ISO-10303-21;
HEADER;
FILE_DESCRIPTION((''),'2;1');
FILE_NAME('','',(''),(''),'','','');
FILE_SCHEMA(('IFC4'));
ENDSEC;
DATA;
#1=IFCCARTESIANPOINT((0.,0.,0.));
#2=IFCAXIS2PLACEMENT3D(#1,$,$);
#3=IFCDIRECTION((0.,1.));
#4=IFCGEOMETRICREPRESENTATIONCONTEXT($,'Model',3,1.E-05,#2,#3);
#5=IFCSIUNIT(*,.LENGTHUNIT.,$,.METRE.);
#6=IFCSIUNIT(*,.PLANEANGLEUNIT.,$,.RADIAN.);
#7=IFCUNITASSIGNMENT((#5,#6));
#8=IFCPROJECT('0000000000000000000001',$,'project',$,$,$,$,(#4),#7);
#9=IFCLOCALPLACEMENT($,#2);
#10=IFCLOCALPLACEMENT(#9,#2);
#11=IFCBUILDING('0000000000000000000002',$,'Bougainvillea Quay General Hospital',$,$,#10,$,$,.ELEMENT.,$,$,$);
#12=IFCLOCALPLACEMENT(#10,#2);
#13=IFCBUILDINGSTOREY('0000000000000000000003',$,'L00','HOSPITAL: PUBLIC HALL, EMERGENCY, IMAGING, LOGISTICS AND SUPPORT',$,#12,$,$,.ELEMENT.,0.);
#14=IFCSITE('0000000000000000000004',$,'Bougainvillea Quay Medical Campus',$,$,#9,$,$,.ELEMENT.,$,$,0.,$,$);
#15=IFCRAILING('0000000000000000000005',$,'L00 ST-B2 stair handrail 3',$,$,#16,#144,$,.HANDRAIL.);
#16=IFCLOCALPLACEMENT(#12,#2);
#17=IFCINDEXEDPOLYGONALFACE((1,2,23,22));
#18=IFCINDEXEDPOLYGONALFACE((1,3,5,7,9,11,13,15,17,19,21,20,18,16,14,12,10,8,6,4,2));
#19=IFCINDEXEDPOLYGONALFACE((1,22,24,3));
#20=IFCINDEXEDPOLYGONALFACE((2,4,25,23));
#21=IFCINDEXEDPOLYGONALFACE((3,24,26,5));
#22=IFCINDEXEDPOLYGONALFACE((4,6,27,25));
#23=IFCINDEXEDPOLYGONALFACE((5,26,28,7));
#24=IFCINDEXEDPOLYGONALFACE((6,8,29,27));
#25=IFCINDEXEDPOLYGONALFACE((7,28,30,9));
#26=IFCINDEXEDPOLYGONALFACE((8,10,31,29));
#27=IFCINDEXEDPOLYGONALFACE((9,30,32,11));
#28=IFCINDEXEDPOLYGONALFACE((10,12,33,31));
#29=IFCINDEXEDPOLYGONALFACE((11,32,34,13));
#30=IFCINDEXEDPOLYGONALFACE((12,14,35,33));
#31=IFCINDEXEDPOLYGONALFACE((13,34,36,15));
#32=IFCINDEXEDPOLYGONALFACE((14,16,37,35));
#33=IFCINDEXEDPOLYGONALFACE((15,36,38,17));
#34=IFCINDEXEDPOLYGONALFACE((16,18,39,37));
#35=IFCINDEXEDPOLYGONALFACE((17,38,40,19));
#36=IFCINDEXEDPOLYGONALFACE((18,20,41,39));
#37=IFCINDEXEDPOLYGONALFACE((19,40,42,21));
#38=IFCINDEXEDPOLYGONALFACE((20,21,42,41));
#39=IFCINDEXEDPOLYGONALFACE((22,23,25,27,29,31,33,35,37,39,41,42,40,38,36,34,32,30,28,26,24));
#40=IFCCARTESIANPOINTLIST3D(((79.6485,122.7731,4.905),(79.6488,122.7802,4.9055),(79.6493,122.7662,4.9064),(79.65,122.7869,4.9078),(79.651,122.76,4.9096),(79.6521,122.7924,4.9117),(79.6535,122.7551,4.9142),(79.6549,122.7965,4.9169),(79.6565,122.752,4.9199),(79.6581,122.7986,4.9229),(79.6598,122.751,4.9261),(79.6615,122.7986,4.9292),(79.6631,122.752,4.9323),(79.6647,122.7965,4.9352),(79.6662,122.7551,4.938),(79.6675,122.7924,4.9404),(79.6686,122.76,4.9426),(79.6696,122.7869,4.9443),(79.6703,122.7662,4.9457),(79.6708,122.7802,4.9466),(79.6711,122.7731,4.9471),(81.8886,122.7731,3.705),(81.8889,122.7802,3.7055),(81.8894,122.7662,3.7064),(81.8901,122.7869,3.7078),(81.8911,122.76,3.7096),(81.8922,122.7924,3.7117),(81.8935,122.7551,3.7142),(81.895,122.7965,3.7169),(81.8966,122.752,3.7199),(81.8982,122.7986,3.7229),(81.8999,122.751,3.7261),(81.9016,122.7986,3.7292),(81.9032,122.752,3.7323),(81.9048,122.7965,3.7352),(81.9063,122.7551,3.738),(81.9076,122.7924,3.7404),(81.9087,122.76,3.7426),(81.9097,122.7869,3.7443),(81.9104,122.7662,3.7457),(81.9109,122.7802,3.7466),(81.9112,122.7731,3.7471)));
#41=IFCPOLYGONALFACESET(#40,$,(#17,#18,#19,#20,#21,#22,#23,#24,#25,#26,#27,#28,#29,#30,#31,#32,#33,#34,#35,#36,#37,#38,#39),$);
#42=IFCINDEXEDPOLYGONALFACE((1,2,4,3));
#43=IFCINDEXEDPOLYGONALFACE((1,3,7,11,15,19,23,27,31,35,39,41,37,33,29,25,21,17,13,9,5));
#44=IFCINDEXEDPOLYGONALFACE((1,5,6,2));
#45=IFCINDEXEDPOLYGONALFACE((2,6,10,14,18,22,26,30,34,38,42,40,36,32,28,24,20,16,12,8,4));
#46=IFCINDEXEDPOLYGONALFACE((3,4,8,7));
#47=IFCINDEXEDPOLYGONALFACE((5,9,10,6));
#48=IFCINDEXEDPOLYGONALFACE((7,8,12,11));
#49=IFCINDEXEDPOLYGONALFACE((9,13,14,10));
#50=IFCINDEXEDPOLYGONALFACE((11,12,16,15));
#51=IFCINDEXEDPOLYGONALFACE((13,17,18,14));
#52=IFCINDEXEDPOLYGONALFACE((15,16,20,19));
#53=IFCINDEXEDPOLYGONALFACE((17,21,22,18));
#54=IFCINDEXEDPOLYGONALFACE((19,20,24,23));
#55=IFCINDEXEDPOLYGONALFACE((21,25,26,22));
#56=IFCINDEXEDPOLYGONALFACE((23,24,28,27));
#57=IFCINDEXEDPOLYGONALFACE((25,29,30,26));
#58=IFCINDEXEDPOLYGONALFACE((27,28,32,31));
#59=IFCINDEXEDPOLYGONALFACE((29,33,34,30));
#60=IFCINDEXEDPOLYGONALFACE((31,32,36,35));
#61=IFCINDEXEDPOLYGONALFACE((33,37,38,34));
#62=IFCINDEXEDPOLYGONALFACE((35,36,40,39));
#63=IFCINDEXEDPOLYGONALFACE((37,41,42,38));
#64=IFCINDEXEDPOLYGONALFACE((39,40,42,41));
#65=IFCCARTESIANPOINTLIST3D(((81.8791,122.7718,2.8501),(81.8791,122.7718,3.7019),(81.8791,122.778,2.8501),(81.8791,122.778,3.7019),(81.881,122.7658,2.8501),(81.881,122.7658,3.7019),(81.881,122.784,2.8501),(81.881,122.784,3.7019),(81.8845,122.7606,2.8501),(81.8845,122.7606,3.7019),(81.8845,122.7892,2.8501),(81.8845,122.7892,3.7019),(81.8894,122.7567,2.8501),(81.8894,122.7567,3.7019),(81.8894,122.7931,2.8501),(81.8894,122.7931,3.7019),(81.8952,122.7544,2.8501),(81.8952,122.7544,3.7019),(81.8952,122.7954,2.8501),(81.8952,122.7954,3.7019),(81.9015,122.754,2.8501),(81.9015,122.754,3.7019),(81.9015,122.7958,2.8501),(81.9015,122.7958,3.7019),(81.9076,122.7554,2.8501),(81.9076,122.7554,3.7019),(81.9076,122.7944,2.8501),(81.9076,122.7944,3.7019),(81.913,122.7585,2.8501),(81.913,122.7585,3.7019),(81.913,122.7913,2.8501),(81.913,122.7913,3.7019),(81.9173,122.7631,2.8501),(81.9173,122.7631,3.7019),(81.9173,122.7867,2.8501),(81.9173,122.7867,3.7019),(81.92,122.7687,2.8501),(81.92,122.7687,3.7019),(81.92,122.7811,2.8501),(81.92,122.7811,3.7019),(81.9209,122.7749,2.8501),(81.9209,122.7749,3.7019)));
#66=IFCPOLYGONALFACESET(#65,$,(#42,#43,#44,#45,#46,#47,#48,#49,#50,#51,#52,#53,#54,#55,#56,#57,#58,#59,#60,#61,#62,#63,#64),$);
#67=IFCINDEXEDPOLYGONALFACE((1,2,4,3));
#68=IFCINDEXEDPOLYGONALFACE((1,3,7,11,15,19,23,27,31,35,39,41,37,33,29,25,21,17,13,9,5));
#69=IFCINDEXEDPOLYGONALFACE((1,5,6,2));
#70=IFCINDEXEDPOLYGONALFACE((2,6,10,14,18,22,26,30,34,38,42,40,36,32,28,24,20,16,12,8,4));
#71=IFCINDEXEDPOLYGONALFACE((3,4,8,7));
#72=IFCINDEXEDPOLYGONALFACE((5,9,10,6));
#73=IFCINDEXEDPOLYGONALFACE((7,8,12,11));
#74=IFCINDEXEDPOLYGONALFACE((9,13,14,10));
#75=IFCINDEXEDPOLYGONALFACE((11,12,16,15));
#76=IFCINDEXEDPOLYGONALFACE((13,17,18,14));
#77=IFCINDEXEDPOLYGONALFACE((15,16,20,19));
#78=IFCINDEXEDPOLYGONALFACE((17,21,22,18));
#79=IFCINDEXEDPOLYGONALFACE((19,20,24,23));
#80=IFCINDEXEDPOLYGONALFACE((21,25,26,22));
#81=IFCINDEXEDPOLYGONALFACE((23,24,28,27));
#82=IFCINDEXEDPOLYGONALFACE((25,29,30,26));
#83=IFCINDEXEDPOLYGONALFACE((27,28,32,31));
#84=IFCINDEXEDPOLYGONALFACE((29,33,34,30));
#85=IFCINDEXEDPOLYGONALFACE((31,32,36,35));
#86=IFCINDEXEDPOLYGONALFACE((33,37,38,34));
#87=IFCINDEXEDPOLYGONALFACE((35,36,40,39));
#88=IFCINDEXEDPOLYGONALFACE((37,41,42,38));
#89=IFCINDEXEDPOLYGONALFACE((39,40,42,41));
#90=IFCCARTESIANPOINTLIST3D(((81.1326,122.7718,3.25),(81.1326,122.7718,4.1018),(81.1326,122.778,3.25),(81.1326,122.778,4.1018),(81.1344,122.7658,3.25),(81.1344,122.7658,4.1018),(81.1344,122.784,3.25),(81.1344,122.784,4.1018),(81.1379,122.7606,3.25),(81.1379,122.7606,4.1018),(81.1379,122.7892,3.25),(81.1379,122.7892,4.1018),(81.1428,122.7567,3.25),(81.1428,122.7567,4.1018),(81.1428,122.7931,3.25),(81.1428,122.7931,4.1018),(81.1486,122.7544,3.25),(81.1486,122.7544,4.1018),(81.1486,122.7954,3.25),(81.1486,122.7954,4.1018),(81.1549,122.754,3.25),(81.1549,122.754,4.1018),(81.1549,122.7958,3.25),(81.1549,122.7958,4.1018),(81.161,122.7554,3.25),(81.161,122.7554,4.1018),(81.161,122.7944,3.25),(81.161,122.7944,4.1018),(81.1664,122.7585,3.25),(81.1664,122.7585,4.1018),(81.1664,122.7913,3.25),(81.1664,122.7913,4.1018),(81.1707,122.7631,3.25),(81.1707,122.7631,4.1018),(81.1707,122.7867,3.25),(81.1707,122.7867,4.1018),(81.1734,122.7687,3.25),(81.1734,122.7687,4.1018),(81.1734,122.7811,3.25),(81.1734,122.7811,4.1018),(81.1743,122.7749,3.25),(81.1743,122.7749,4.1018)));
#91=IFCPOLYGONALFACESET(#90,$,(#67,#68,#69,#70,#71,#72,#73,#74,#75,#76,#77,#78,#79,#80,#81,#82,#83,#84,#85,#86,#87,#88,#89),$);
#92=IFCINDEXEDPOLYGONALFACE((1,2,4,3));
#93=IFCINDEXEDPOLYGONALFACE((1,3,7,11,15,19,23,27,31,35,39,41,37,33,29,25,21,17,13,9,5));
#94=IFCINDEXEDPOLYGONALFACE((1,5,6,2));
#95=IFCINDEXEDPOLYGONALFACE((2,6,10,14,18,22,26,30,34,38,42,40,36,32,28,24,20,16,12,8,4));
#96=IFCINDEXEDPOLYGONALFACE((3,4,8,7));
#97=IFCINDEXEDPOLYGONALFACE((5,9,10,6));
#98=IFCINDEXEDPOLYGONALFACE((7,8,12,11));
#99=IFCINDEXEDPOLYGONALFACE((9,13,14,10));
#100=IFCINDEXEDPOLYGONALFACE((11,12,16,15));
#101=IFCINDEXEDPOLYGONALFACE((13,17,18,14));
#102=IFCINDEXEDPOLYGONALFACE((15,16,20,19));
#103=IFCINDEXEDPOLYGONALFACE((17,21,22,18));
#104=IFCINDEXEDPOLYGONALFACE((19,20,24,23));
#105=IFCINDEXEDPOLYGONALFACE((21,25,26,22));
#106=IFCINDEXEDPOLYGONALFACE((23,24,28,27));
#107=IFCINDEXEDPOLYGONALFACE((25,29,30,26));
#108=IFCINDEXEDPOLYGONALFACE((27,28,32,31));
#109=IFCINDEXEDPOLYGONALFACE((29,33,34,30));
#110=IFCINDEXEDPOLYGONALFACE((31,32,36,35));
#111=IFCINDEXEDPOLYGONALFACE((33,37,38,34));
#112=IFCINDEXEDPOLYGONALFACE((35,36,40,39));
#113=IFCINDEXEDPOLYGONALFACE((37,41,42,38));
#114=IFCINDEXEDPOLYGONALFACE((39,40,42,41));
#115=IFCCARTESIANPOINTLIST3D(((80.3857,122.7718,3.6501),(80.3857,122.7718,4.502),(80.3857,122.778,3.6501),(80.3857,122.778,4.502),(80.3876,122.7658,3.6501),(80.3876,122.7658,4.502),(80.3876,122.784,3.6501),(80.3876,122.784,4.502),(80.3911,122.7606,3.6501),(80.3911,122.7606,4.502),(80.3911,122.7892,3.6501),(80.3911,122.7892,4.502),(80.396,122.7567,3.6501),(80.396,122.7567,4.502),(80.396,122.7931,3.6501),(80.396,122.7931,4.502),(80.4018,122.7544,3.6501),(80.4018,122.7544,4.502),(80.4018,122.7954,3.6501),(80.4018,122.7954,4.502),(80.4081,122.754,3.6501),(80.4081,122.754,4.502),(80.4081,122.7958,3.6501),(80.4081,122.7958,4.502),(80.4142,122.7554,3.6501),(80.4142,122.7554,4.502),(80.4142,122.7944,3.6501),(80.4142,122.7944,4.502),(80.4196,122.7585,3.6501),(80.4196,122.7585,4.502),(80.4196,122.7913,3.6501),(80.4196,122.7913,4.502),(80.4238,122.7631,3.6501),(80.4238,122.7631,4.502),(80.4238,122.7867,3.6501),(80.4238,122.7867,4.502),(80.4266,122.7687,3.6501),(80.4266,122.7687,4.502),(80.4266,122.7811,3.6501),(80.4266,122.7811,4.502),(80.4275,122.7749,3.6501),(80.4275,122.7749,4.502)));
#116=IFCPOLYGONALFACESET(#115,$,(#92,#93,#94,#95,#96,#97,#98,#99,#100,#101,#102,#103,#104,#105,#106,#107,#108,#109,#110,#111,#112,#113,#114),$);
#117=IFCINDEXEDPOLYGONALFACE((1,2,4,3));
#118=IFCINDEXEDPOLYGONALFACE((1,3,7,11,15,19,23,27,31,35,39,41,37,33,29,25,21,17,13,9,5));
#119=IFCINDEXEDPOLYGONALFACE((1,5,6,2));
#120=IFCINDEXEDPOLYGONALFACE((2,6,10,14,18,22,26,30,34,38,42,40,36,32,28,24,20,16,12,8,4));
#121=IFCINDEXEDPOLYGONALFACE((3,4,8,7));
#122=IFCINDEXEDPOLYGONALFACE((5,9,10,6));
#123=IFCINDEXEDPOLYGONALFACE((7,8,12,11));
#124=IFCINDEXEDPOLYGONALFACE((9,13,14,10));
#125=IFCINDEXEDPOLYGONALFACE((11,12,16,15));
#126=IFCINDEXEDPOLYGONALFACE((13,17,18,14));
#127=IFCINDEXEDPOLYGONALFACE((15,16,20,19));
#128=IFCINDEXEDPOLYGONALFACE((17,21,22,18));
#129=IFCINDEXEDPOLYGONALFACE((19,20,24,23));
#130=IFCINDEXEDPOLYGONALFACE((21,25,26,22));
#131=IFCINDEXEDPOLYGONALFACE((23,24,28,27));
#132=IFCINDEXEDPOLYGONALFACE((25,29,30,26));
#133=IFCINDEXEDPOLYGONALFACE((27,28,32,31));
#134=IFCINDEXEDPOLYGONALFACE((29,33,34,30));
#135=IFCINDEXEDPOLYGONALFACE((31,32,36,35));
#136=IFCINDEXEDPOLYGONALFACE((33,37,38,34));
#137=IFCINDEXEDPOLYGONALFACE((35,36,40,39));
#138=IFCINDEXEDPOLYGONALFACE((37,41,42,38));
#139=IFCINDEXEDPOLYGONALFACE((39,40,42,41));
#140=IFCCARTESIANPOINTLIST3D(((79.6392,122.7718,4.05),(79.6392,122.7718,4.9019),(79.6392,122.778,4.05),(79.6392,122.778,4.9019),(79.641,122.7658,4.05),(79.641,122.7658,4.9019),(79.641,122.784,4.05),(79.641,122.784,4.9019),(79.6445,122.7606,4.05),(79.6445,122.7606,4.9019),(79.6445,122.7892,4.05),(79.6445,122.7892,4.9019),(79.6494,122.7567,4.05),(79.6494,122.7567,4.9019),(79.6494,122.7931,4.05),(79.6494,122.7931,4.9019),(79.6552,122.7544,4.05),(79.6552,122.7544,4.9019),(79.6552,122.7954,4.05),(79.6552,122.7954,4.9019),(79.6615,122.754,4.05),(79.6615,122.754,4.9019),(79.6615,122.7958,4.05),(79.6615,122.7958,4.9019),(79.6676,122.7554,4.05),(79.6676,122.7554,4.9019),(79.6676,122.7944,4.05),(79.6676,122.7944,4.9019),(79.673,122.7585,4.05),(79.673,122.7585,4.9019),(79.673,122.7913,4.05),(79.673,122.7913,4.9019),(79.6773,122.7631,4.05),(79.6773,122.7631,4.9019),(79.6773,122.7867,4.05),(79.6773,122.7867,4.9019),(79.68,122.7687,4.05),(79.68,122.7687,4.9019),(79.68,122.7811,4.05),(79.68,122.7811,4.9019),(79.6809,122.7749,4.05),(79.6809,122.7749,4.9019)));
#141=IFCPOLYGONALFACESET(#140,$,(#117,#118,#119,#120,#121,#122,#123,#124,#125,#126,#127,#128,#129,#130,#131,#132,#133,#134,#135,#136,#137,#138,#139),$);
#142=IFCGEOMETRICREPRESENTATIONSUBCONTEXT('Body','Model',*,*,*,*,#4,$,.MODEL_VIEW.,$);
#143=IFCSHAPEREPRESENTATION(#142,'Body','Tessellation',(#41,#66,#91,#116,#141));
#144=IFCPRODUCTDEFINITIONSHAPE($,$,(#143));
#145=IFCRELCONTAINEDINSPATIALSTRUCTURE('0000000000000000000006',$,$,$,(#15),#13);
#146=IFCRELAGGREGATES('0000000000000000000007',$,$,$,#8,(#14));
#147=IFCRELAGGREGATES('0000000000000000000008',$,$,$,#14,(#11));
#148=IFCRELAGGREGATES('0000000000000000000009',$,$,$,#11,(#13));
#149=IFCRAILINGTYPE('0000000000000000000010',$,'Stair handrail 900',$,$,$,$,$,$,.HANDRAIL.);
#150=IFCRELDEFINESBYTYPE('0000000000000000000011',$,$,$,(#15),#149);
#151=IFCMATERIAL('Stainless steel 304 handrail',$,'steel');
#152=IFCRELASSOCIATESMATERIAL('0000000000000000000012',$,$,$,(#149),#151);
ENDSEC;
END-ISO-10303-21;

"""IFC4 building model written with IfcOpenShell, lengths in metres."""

from ifc_helpers import new_model, si_unit, direction, frame, origin, origin_2d, place, context, subcontext, project, spatial, circle, extrude, material, type_object, element, save


model = new_model("IFC4")

# Units and contexts
model_context = context("Model", 3, precision=1e-05, world=origin(), true_north=direction((0.0, 1.0)))
body_context = subcontext(model_context, "Body", "Model", "MODEL_VIEW")
ifc_project = project(units=[si_unit("LENGTHUNIT", "METRE"), si_unit("PLANEANGLEUNIT", "RADIAN")], contexts=[model_context])

# Site, building, storey
site_placement = place(None, origin())
site = spatial("IfcSite", under=ifc_project, at=site_placement, Name="Bougainvillea Quay Medical Campus", CompositionType="ELEMENT", RefElevation=0.0)
building_placement = place(site_placement, origin())
building = spatial("IfcBuilding", under=site, at=building_placement, Name="Bougainvillea Quay General Hospital", CompositionType="ELEMENT")
storey_placement = place(building_placement, origin())
storey = spatial("IfcBuildingStorey", under=building, at=storey_placement, Name="L00", Description="HOSPITAL: PUBLIC HALL, EMERGENCY, IMAGING, LOGISTICS AND SUPPORT", CompositionType="ELEMENT", Elevation=0.0)

# Railing
ifc_material_1 = material(Name="Stainless steel 304 handrail", Category="steel")
railing_type_1 = type_object("IfcRailingType", Name="Stair handrail 900", PredefinedType="HANDRAIL", material=ifc_material_1)
railing_1_placement = place(storey_placement, frame((81.8999, 122.7749, 2.8501)))
element("IfcRailing", 1, at=railing_1_placement, inside=storey, type_object=railing_type_1, Name="L00 ST-B2 stair handrail 3", PredefinedType="HANDRAIL", context=body_context, shape_type="SweptSolid", body=[
    extrude(circle(Radius=0.0239, at=origin_2d()), frame((0.0, 0.0, 0.876), z_axis=(-0.881487, 0.0, 0.472208), x_axis=(0.0, -1.0, 0.0)), (0.0, 0.0, 1.0), 2.5413),
    extrude(circle(Radius=0.021, at=origin_2d()), origin(), (0.0, 0.0, 1.0), 0.8518),
    extrude(circle(Radius=0.021, at=origin_2d()), frame((-0.7466, 0.0, 0.3999)), (0.0, 0.0, 1.0), 0.8518),
    extrude(circle(Radius=0.021, at=origin_2d()), frame((-1.4934, 0.0, 0.8)), (0.0, 0.0, 1.0), 0.8518),
    extrude(circle(Radius=0.021, at=origin_2d()), frame((-2.24, 0.0, 1.2)), (0.0, 0.0, 1.0), 0.8518),
])

save(model, "model.ifc")
